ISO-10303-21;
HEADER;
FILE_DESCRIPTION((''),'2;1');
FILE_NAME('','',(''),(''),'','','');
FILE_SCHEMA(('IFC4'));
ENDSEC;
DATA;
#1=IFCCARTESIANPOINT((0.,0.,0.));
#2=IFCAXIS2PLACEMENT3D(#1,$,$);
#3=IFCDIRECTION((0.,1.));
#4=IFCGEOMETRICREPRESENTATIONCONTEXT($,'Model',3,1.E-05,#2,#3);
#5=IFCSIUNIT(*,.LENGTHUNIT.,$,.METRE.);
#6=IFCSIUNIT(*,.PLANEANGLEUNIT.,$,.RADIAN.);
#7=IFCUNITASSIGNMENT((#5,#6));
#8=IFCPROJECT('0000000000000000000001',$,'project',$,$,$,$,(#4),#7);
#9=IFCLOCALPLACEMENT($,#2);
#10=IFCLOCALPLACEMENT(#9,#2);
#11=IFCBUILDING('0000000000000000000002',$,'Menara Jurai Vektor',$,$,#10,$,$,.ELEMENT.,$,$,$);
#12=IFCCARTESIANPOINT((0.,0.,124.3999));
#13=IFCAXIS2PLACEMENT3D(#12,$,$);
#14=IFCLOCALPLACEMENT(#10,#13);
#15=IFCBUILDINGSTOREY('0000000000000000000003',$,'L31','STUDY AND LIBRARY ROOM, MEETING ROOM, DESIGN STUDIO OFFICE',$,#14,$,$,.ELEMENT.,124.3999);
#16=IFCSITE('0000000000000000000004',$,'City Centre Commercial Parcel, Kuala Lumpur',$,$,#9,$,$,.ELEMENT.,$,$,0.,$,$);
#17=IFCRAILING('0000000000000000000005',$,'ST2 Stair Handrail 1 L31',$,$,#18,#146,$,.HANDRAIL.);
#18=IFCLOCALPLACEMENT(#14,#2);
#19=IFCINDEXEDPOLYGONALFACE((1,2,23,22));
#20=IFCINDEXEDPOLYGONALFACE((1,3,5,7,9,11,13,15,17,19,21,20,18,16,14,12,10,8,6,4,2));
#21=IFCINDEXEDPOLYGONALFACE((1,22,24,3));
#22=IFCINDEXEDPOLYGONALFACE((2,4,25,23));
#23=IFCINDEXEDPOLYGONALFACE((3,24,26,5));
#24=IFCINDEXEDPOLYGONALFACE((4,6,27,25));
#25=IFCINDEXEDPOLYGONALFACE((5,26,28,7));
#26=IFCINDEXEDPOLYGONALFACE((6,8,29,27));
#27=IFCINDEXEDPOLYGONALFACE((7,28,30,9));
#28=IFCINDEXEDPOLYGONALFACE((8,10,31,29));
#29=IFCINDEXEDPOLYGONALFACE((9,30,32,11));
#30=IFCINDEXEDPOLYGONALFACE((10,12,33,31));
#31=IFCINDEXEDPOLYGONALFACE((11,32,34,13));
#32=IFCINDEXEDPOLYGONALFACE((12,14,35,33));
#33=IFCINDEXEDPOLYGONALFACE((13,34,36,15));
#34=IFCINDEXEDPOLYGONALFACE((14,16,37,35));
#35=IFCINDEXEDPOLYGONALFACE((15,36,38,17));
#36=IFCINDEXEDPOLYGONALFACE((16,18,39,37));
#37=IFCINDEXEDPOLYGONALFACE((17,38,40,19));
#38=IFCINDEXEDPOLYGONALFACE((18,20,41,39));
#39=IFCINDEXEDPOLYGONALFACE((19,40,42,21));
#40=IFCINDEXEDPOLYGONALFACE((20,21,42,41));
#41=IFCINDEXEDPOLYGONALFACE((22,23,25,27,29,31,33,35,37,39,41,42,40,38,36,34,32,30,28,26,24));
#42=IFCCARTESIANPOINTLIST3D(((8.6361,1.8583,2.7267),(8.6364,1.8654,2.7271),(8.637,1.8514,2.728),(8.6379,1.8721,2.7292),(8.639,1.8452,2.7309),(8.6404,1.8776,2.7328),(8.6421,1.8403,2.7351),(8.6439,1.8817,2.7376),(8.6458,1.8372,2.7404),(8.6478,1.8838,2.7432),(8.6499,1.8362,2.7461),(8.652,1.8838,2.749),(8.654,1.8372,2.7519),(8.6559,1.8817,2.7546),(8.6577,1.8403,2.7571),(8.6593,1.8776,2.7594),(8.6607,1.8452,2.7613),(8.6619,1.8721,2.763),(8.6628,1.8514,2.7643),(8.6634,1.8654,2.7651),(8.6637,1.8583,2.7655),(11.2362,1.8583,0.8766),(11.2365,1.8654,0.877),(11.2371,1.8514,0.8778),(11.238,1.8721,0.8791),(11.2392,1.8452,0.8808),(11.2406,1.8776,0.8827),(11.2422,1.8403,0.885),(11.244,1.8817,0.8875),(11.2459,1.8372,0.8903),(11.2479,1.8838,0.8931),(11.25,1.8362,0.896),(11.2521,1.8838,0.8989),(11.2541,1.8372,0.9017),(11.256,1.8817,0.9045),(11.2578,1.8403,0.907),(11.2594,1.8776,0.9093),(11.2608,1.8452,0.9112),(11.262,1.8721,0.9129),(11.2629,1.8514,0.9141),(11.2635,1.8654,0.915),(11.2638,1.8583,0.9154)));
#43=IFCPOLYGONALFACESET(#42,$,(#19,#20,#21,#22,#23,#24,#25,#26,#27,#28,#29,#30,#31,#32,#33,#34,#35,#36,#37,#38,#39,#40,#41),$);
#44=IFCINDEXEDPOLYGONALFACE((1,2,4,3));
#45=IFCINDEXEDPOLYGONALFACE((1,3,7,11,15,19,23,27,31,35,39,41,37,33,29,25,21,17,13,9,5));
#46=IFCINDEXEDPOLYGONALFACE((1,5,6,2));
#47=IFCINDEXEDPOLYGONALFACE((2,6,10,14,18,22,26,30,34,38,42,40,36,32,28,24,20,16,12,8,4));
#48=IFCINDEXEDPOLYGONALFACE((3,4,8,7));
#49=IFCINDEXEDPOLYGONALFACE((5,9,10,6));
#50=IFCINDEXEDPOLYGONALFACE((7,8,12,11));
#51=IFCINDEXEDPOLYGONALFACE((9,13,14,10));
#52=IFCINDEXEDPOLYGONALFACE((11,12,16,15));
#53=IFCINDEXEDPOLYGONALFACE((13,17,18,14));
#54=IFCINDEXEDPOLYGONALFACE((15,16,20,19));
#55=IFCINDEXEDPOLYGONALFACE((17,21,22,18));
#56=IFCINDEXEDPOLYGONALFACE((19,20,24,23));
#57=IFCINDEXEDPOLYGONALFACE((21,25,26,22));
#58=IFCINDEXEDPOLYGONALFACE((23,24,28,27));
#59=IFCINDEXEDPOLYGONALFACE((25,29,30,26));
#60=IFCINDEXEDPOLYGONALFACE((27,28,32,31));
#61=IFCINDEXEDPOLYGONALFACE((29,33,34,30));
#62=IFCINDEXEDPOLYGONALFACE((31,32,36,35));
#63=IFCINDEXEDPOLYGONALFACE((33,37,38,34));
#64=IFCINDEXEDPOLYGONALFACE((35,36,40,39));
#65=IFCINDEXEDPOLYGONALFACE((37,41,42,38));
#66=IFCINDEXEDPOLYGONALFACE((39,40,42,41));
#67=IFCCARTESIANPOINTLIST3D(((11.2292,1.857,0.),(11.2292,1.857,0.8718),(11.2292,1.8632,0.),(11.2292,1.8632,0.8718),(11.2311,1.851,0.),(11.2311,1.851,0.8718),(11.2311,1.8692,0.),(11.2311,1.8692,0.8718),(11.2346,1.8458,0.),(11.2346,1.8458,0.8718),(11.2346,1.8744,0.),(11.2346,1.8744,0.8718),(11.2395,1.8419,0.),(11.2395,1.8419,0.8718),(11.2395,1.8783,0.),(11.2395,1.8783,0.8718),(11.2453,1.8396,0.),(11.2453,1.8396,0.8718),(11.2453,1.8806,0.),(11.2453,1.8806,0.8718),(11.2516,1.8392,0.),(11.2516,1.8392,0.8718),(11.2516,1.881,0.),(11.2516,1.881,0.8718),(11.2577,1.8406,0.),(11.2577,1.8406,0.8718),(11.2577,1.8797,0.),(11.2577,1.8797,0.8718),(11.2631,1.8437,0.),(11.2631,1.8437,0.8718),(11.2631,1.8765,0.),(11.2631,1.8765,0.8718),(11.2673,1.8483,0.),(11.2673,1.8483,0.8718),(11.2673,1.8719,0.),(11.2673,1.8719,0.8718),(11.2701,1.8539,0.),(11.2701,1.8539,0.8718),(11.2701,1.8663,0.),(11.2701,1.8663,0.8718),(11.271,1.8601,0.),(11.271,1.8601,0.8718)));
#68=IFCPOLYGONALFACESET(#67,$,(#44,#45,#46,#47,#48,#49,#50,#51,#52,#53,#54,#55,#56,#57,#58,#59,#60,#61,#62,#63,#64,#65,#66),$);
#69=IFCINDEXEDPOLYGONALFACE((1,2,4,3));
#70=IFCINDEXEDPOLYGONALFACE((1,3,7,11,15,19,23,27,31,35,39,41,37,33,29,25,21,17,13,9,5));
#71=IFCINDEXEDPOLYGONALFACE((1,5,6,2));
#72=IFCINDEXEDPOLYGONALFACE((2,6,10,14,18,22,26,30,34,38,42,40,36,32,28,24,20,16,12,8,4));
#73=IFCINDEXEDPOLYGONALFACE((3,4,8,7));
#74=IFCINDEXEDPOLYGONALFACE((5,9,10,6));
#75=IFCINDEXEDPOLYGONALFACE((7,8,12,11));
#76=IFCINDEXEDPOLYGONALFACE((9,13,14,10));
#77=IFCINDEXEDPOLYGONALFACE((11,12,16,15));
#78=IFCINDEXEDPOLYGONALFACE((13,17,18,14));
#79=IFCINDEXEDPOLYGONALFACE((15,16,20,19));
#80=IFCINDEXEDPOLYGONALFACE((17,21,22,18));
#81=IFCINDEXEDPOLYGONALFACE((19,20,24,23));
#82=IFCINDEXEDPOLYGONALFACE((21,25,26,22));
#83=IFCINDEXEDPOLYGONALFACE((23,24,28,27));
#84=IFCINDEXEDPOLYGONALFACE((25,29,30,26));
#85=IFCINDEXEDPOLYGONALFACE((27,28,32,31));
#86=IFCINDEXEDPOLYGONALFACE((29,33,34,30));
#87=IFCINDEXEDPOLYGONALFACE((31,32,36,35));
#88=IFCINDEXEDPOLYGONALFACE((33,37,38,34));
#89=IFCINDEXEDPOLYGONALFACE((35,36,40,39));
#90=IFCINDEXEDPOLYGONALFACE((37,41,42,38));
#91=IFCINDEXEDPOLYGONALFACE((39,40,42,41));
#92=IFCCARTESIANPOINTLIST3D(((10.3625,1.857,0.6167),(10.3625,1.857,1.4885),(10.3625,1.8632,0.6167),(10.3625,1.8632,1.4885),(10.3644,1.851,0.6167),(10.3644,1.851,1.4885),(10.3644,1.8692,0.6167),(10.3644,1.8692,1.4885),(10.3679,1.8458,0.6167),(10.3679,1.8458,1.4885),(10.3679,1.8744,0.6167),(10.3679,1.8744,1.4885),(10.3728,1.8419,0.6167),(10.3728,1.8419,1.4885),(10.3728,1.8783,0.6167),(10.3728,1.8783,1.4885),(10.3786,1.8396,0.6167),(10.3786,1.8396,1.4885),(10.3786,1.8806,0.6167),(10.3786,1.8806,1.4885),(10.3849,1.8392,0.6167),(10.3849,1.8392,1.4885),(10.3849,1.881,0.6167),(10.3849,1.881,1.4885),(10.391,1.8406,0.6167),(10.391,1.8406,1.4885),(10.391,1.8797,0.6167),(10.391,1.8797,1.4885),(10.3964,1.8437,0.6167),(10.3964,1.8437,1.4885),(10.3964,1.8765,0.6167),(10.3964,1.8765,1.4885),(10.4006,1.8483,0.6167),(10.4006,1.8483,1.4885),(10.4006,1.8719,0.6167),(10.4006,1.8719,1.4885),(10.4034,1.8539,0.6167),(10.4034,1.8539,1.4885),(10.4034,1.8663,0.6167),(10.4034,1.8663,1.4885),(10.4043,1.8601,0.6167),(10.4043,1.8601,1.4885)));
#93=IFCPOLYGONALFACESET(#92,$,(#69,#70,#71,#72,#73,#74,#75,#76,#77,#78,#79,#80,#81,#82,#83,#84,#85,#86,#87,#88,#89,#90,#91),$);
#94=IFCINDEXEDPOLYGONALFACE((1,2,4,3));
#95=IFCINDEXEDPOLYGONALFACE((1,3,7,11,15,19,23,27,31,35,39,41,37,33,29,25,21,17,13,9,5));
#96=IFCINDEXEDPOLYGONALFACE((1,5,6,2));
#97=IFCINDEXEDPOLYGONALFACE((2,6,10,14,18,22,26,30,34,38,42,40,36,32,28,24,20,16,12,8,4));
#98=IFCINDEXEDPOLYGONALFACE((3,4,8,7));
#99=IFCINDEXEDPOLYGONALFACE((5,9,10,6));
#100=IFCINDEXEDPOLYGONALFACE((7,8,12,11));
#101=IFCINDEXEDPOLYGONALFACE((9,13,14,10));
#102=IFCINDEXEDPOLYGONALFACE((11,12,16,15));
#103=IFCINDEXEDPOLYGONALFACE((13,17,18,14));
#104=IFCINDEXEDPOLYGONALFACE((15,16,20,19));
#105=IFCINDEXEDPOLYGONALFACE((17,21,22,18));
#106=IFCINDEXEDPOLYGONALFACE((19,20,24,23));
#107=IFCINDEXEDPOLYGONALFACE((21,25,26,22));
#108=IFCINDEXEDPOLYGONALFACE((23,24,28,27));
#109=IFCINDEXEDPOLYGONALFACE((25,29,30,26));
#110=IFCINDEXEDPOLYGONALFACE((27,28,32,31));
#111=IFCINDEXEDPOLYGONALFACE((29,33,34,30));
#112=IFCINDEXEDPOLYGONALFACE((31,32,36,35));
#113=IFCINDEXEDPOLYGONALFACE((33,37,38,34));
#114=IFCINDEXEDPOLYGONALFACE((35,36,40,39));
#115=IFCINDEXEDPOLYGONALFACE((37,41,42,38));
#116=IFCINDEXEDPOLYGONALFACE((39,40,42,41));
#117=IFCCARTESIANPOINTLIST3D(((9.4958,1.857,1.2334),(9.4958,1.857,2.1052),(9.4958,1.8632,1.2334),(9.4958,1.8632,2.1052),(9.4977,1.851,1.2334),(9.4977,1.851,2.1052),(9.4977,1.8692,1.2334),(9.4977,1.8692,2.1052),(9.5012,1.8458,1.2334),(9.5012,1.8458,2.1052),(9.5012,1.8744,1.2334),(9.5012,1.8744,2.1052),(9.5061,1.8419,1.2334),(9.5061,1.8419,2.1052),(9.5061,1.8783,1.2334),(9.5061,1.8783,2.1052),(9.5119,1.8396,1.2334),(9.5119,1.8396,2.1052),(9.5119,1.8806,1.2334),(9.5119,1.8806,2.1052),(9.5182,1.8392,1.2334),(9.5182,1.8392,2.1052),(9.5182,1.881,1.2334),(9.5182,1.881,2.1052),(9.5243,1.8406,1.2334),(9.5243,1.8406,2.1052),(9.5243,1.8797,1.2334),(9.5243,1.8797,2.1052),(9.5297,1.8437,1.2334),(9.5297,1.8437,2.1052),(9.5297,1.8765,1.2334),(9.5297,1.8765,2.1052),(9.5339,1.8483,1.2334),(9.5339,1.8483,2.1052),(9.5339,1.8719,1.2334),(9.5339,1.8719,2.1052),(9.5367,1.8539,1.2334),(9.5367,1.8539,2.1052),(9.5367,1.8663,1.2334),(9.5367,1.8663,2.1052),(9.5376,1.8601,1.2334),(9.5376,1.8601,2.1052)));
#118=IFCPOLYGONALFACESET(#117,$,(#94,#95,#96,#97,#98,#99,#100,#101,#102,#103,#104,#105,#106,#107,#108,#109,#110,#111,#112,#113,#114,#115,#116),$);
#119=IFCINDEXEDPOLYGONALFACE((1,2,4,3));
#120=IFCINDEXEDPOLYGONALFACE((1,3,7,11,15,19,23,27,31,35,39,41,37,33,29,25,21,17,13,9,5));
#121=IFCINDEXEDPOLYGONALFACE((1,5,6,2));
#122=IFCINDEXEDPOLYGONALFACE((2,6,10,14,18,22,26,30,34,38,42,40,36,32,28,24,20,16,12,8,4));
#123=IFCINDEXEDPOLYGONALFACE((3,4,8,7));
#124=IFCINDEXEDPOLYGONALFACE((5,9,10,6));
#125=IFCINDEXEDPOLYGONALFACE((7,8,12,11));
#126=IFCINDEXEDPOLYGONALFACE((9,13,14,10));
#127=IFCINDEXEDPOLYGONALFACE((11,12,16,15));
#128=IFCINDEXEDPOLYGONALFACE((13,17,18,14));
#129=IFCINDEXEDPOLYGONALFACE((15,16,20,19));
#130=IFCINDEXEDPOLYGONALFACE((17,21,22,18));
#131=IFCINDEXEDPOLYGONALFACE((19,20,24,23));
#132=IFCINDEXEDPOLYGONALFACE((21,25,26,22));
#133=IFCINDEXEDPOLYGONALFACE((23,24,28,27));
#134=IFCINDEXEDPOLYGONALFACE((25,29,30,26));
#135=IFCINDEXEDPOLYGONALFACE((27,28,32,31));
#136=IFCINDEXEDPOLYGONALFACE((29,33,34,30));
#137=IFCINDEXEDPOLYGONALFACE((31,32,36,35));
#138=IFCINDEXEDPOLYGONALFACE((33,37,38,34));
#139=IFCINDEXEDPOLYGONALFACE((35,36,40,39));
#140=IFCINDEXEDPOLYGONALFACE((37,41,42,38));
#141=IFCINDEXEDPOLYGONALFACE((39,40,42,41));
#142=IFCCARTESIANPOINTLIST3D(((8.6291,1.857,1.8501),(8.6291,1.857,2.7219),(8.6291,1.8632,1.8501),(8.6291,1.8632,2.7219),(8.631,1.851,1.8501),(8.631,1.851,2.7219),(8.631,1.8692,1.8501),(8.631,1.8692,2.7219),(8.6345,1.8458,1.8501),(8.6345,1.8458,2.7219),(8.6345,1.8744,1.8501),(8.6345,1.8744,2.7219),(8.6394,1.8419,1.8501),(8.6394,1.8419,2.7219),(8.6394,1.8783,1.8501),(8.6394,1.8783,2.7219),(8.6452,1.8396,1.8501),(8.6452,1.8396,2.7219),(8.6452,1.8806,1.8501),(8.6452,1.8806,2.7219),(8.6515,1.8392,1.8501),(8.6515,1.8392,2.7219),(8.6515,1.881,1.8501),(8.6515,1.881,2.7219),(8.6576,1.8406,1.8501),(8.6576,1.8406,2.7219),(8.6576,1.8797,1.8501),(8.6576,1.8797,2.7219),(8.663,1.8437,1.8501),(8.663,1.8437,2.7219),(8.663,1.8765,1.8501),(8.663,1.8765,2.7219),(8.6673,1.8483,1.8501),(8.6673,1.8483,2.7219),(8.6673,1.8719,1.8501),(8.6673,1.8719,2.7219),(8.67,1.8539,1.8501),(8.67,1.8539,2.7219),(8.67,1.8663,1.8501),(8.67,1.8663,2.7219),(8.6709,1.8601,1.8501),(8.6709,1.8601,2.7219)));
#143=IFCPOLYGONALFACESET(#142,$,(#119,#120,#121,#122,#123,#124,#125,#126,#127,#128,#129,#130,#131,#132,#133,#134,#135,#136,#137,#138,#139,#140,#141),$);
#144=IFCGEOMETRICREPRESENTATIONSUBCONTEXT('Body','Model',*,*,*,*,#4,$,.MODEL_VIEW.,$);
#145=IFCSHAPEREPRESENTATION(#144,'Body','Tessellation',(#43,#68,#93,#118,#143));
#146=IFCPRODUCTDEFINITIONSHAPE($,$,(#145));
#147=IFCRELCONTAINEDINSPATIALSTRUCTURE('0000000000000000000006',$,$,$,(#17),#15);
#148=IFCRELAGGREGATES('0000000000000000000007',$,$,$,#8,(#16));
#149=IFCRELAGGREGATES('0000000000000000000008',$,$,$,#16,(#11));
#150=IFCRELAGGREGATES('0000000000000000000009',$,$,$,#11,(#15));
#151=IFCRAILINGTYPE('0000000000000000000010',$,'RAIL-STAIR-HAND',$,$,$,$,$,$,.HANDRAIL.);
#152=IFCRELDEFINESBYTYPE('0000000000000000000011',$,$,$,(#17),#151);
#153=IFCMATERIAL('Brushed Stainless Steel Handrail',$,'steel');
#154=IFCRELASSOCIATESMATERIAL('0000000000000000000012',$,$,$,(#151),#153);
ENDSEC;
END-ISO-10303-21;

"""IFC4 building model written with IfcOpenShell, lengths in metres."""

from ifc_helpers import new_model, si_unit, direction, frame, origin, origin_2d, place, context, subcontext, project, spatial, circle, extrude, material, type_object, element, save


model = new_model("IFC4")

# Units and contexts
model_context = context("Model", 3, precision=1e-05, world=origin(), true_north=direction((0.0, 1.0)))
body_context = subcontext(model_context, "Body", "Model", "MODEL_VIEW")
ifc_project = project(units=[si_unit("LENGTHUNIT", "METRE"), si_unit("PLANEANGLEUNIT", "RADIAN")], contexts=[model_context])

# Site, building, storey
site_placement = place(None, origin())
site = spatial("IfcSite", under=ifc_project, at=site_placement, Name="City Centre Commercial Parcel, Kuala Lumpur", CompositionType="ELEMENT", RefElevation=0.0)
building_placement = place(site_placement, origin())
building = spatial("IfcBuilding", under=site, at=building_placement, Name="Menara Jurai Vektor", CompositionType="ELEMENT")
storey_placement = place(building_placement, frame((0.0, 0.0, 124.3999)))
storey = spatial("IfcBuildingStorey", under=building, at=storey_placement, Name="L31", Description="STUDY AND LIBRARY ROOM, MEETING ROOM, DESIGN STUDIO OFFICE", CompositionType="ELEMENT", Elevation=124.3999)

# Railing
ifc_material_1 = material(Name="Brushed Stainless Steel Handrail", Category="steel")
railing_type_1 = type_object("IfcRailingType", Name="RAIL-STAIR-HAND", PredefinedType="HANDRAIL", material=ifc_material_1)
railing_1_placement = place(storey_placement, frame((11.25, 1.8601, 0.0)))
element("IfcRailing", 1, at=railing_1_placement, inside=storey, type_object=railing_type_1, Name="ST2 Stair Handrail 1 L31", PredefinedType="HANDRAIL", context=body_context, shape_type="SweptSolid", body=[
    extrude(circle(Radius=0.0239, at=origin_2d()), frame((0.0, 0.0, 0.896), z_axis=(-0.814787, 0.0, 0.579761), x_axis=(0.0, -1.0, 0.0)), (0.0, 0.0, 1.0), 3.1912),
    extrude(circle(Radius=0.021, at=origin_2d()), origin(), (0.0, 0.0, 1.0), 0.8718),
    extrude(circle(Radius=0.021, at=origin_2d()), frame((-0.8667, 0.0, 0.6167)), (0.0, 0.0, 1.0), 0.8718),
    extrude(circle(Radius=0.021, at=origin_2d()), frame((-1.7334, 0.0, 1.2334)), (0.0, 0.0, 1.0), 0.8718),
    extrude(circle(Radius=0.021, at=origin_2d()), frame((-2.6001, 0.0, 1.8501)), (0.0, 0.0, 1.0), 0.8718),
])

save(model, "model.ifc")
